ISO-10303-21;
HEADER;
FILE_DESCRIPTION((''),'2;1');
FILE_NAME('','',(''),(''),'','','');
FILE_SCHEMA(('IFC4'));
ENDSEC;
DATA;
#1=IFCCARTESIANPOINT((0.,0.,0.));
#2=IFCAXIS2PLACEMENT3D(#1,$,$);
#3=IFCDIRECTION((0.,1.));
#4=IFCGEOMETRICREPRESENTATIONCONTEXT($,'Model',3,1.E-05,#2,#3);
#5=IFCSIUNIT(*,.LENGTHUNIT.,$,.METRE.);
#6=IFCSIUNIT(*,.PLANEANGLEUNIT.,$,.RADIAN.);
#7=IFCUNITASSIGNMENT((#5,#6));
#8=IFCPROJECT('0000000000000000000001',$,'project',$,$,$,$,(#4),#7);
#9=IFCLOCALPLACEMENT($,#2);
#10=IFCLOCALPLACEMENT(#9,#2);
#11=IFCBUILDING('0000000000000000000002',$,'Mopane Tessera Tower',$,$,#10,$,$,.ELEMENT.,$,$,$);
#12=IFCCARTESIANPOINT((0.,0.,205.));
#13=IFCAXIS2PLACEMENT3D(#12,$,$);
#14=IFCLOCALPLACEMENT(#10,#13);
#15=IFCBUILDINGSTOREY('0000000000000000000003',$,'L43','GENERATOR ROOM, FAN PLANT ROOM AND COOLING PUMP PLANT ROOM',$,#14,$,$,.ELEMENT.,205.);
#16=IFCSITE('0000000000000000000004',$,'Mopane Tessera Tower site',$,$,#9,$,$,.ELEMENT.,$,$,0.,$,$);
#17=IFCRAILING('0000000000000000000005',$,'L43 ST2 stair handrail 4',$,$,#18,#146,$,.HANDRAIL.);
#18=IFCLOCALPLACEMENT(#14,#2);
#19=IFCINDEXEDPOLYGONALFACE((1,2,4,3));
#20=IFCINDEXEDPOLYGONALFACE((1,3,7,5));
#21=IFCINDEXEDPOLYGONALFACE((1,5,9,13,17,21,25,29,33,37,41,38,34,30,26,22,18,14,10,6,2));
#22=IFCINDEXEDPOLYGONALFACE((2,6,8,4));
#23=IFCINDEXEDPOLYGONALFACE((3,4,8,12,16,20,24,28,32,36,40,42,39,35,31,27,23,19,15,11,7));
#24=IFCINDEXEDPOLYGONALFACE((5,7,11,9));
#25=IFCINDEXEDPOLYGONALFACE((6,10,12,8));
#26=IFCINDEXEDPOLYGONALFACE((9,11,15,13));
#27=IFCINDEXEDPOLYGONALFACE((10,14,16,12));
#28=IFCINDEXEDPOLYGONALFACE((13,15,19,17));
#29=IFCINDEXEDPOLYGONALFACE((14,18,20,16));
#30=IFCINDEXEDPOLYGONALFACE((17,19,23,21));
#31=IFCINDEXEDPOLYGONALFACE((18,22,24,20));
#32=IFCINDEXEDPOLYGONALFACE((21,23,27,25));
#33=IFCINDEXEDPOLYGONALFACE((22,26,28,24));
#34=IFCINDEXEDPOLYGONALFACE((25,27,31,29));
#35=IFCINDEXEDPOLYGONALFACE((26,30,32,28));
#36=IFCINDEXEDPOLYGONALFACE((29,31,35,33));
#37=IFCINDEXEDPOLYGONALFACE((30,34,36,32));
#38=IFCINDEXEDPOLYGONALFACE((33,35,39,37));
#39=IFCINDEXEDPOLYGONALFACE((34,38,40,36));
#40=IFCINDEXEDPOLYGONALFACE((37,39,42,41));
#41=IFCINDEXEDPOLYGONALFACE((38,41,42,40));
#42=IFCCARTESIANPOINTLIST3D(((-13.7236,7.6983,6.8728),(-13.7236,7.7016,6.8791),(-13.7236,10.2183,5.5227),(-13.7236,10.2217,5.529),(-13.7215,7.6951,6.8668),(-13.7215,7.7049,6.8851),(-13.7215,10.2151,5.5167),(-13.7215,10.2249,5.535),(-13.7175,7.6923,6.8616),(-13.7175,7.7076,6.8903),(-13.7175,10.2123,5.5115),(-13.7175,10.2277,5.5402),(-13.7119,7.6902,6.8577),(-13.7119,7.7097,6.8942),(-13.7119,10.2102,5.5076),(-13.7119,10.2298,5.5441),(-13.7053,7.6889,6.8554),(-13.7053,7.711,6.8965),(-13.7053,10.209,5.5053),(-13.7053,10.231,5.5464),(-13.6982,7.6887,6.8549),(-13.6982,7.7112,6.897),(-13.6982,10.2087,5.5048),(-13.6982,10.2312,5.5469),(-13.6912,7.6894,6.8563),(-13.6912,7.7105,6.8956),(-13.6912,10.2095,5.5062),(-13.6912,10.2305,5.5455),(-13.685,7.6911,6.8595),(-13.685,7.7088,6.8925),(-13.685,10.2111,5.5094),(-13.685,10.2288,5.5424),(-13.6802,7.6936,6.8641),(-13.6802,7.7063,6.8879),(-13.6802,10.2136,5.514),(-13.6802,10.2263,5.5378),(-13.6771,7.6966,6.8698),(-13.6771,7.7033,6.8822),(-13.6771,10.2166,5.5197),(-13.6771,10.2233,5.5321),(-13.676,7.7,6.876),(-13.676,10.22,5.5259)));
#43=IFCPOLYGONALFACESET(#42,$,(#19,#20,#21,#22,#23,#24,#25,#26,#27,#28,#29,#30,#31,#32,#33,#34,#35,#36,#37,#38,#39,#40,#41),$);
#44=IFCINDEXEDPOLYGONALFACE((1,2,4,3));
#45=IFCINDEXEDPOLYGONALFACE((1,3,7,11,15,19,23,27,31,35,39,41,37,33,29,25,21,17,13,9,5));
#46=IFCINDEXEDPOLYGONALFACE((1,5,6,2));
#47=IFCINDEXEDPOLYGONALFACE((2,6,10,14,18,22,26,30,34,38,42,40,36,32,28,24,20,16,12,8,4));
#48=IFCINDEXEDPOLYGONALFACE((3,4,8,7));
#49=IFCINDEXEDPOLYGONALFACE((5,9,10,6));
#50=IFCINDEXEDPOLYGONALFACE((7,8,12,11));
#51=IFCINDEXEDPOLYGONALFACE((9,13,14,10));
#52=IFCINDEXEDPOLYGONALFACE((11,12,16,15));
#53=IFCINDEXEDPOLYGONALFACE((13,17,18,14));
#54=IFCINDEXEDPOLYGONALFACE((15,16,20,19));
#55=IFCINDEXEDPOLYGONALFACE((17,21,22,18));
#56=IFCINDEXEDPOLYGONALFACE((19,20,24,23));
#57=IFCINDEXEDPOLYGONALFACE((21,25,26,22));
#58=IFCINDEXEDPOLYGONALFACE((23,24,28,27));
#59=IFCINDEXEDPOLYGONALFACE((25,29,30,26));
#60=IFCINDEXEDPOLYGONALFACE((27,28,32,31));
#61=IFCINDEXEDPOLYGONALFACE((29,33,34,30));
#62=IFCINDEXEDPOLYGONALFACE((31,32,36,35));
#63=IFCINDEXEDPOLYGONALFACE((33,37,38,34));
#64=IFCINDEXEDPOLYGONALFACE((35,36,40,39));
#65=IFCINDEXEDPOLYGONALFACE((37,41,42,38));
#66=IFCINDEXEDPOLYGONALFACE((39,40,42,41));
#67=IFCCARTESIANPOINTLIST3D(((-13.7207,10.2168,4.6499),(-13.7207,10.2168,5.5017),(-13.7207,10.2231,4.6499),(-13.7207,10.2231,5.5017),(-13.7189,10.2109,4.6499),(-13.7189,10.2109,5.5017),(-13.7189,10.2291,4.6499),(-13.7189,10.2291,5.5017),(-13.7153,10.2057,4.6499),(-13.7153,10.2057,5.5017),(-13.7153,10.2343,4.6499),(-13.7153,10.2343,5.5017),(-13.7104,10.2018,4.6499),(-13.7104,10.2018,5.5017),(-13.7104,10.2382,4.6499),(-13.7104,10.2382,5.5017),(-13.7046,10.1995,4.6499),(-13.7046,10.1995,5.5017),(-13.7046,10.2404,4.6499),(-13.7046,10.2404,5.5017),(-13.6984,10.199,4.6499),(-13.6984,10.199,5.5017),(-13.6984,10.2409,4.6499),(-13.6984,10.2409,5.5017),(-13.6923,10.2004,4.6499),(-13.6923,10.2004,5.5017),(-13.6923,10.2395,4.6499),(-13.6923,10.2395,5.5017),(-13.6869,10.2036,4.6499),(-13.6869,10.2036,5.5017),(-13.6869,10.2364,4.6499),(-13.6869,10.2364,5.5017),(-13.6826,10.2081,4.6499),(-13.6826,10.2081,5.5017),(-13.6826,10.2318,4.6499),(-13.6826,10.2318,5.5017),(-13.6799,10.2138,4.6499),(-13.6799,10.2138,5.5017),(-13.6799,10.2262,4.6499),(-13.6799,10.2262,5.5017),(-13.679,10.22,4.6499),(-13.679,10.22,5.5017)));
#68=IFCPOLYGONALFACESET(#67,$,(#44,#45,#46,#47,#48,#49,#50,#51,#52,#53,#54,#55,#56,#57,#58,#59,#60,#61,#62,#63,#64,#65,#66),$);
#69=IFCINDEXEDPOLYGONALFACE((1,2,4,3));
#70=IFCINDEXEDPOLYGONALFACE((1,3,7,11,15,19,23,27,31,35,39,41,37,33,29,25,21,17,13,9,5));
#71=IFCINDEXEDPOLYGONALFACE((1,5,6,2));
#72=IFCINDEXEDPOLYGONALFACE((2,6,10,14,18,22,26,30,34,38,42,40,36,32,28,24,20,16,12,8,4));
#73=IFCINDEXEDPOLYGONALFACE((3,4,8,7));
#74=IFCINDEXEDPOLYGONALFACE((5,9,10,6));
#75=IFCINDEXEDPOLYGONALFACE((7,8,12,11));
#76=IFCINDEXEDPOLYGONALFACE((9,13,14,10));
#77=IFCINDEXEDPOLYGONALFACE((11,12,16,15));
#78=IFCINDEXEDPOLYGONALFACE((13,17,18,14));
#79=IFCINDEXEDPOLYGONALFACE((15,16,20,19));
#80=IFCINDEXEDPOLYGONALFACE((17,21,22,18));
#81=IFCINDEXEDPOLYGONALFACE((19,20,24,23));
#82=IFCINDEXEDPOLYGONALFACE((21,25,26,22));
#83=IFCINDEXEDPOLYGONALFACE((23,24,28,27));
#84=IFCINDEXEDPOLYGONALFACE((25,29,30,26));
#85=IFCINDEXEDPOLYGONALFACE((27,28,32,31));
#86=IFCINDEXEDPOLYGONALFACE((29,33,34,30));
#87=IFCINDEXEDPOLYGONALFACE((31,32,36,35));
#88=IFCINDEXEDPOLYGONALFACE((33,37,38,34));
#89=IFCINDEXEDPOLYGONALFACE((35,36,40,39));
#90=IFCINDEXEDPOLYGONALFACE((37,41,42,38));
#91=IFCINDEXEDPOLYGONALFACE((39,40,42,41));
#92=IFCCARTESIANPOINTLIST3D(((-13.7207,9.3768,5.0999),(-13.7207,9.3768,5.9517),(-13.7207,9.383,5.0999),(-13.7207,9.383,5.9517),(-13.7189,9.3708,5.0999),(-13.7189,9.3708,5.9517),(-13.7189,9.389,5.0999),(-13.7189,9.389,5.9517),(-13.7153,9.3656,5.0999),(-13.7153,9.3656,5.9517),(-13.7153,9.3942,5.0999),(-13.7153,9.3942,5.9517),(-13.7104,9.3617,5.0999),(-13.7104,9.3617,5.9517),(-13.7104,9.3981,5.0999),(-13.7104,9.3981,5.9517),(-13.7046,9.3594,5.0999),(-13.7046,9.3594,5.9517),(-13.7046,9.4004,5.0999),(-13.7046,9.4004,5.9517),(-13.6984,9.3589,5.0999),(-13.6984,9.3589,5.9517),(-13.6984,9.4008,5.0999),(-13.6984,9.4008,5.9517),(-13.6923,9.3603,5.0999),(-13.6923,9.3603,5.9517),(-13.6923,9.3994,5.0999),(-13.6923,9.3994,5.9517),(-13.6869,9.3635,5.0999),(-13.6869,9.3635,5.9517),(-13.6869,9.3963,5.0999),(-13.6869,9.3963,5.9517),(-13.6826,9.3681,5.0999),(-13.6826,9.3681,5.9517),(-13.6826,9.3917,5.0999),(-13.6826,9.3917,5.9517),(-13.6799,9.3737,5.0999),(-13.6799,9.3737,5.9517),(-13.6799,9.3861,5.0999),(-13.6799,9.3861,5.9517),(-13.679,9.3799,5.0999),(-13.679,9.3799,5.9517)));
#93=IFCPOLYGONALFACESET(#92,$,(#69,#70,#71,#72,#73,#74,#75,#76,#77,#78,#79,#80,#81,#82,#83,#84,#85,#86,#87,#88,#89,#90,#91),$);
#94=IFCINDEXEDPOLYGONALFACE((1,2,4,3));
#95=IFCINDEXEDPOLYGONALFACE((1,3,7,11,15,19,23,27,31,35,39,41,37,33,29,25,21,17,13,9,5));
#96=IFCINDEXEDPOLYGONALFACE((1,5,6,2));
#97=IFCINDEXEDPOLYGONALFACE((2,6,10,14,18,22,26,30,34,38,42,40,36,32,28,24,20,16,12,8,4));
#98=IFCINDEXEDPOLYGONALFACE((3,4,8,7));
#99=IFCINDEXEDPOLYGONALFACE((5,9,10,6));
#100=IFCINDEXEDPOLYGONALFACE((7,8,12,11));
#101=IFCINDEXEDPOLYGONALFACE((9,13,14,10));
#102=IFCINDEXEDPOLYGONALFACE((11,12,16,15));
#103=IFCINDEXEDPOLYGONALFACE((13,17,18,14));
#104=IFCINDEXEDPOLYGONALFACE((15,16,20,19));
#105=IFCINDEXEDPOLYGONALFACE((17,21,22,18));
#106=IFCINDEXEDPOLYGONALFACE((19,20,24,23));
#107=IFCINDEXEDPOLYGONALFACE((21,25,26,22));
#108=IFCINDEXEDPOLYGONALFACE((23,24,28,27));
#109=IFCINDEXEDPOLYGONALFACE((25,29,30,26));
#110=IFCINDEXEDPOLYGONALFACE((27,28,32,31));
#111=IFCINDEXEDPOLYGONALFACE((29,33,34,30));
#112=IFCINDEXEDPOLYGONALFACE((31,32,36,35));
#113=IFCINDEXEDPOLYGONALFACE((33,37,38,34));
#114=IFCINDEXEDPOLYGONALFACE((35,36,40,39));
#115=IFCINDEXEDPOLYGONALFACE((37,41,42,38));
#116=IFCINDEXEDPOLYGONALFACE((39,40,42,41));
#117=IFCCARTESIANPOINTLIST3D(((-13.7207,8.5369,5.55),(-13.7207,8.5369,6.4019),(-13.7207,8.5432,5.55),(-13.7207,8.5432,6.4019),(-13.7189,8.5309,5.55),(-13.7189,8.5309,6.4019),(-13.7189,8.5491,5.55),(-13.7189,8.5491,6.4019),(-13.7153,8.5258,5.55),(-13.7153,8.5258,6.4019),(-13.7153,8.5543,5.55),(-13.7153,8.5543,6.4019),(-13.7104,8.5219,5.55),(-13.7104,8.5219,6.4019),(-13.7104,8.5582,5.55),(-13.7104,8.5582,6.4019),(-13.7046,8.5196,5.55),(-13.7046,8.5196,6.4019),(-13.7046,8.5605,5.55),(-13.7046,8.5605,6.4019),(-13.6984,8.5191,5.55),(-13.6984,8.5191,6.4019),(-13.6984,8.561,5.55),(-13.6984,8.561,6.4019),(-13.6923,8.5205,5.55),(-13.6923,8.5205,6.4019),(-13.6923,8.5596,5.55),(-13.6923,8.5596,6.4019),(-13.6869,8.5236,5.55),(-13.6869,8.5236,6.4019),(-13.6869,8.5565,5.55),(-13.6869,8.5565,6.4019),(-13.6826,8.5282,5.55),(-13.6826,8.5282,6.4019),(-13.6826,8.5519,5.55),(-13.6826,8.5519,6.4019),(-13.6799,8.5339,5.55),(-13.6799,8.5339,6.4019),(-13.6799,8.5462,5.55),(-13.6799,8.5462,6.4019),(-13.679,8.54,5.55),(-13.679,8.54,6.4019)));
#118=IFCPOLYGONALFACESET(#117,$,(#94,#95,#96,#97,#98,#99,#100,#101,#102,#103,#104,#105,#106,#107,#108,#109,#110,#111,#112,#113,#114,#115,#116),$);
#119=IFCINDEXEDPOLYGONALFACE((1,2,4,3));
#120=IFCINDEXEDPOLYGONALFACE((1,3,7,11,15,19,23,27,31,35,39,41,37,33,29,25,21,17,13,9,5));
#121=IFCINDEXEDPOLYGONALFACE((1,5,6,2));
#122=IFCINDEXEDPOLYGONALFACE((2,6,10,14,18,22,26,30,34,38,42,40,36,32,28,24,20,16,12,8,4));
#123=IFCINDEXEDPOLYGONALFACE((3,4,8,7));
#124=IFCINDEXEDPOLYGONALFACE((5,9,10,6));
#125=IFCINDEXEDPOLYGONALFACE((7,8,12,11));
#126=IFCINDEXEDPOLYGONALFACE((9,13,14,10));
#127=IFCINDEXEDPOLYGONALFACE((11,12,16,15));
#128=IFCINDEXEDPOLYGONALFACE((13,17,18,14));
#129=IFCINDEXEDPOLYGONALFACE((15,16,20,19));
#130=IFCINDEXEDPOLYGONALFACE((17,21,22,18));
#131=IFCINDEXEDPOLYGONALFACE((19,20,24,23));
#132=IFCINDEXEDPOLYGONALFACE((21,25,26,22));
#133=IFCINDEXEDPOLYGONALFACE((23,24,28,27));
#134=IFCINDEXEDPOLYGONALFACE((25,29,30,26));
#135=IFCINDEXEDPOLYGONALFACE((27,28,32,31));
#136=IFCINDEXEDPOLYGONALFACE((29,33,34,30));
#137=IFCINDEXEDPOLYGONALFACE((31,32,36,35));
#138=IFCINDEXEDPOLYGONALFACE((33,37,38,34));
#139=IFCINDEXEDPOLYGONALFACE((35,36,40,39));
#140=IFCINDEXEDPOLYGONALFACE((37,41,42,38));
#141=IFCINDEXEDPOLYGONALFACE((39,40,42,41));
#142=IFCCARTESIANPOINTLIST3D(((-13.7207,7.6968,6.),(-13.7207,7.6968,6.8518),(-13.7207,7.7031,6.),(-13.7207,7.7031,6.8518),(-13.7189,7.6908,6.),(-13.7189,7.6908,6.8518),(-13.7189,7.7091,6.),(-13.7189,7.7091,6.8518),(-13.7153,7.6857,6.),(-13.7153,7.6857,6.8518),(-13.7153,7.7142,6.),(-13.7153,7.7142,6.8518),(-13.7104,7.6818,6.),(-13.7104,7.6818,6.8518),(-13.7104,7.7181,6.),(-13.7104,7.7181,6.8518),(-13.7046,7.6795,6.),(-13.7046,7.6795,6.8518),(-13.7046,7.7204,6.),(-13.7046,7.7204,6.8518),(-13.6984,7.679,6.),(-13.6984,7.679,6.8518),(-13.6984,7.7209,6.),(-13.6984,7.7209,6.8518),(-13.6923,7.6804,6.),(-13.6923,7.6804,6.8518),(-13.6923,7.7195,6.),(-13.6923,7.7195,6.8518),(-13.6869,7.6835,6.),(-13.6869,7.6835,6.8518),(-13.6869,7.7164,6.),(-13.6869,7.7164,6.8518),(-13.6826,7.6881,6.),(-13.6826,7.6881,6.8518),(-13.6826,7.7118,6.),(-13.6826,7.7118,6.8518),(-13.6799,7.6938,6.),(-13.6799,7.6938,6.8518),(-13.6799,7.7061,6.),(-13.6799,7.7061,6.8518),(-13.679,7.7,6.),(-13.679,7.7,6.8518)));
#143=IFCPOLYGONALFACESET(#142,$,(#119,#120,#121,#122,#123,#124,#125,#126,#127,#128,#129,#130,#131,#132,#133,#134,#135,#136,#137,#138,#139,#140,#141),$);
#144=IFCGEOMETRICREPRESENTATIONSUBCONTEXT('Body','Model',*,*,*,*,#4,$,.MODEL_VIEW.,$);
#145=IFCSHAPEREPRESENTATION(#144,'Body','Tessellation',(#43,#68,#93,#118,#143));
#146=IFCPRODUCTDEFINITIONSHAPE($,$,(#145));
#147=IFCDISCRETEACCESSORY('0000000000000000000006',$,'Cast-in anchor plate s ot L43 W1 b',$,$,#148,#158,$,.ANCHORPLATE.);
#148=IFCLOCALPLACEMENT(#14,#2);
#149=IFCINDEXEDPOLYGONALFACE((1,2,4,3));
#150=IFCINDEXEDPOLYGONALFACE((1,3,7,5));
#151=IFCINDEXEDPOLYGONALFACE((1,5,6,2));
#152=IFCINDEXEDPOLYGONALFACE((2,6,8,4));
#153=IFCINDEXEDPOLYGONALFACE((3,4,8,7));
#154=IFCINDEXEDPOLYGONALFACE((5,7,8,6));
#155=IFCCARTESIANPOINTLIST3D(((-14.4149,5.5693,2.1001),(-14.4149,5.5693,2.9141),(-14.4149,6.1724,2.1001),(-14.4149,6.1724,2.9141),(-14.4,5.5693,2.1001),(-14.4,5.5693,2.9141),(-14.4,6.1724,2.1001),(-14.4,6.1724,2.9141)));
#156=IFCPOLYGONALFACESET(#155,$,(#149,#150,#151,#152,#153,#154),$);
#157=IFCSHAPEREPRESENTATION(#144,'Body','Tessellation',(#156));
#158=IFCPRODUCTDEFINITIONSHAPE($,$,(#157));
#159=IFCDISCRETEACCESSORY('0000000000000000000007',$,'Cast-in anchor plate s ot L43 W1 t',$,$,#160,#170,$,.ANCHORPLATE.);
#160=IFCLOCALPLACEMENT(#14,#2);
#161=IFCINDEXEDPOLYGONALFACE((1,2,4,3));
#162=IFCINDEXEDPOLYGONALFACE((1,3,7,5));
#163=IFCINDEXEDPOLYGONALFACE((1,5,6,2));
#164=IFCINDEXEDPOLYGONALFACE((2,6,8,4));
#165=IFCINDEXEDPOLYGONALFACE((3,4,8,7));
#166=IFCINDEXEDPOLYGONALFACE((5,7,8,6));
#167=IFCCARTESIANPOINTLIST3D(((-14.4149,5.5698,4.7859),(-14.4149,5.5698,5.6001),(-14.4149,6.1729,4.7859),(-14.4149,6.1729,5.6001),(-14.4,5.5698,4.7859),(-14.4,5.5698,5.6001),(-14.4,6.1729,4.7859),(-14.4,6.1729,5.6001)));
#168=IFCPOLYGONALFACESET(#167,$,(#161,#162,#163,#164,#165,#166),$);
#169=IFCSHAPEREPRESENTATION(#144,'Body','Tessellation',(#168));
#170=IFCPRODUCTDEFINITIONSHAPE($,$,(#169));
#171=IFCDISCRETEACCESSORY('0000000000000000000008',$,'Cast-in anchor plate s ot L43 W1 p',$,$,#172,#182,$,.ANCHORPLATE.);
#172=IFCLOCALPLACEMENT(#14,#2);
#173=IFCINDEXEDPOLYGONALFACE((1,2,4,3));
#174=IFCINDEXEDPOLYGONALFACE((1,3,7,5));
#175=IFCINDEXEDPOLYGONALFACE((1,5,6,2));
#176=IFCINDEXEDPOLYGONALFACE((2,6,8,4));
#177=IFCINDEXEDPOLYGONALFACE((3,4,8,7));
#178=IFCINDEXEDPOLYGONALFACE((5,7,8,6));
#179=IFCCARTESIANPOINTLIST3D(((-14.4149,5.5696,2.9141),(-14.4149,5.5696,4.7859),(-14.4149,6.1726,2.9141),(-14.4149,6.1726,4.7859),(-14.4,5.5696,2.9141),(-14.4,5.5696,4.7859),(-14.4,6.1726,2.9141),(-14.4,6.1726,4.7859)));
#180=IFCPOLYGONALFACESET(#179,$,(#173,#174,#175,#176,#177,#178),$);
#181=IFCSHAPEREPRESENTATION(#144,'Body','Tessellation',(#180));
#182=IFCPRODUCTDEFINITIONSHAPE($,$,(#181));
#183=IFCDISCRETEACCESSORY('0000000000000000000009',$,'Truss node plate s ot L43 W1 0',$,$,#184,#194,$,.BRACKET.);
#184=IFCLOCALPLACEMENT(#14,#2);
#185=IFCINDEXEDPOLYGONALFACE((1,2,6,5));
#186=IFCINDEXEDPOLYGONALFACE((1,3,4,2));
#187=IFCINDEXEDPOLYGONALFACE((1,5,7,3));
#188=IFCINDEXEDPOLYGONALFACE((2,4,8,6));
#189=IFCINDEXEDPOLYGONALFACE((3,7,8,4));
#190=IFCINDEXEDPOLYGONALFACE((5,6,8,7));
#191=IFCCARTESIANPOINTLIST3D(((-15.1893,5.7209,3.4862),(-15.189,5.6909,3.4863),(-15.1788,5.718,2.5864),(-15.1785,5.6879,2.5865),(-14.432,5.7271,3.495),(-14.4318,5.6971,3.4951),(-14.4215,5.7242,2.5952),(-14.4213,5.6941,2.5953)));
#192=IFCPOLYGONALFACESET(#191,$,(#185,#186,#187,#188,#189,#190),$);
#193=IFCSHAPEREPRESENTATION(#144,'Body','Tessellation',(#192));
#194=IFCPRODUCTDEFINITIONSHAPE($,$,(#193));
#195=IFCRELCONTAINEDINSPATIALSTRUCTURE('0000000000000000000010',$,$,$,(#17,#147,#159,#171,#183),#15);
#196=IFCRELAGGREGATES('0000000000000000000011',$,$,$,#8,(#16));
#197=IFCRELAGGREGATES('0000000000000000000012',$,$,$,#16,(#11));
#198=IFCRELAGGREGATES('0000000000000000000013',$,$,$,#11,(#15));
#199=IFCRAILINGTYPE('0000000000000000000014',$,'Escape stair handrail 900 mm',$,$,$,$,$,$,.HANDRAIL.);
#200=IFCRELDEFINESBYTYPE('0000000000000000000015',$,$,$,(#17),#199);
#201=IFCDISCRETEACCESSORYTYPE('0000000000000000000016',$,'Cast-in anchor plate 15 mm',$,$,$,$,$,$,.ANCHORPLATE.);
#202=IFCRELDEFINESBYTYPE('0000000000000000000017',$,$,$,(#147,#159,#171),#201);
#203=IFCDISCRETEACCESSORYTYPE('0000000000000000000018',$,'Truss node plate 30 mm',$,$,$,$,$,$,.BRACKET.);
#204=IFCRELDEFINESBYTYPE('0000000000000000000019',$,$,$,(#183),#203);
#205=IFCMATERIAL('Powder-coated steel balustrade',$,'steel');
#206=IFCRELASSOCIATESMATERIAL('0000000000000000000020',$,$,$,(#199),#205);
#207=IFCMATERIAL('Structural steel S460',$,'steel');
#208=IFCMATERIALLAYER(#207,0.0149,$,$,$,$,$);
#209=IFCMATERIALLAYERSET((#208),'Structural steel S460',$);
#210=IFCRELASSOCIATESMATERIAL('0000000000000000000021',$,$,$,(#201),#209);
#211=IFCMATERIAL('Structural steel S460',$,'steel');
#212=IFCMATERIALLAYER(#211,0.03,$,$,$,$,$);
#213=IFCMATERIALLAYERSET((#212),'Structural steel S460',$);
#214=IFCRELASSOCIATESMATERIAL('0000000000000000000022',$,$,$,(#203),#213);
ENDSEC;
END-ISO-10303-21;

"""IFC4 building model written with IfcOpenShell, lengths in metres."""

from ifc_helpers import new_model, si_unit, direction, frame, origin, origin_2d, place, context, subcontext, project, spatial, rectangle, circle, extrude, material, layer, layer_set, type_object, element, save


model = new_model("IFC4")

# Units and contexts
model_context = context("Model", 3, precision=1e-05, world=origin(), true_north=direction((0.0, 1.0)))
body_context = subcontext(model_context, "Body", "Model", "MODEL_VIEW")
ifc_project = project(units=[si_unit("LENGTHUNIT", "METRE"), si_unit("PLANEANGLEUNIT", "RADIAN")], contexts=[model_context])

# Site, building, storey
site_placement = place(None, origin())
site = spatial("IfcSite", under=ifc_project, at=site_placement, Name="Mopane Tessera Tower site", CompositionType="ELEMENT", RefElevation=0.0)
building_placement = place(site_placement, origin())
building = spatial("IfcBuilding", under=site, at=building_placement, Name="Mopane Tessera Tower", CompositionType="ELEMENT")
storey_placement = place(building_placement, frame((0.0, 0.0, 205.0)))
storey = spatial("IfcBuildingStorey", under=building, at=storey_placement, Name="L43", Description="GENERATOR ROOM, FAN PLANT ROOM AND COOLING PUMP PLANT ROOM", CompositionType="ELEMENT", Elevation=205.0)

# Railing
ifc_material_1 = material(Name="Powder-coated steel balustrade", Category="steel")
railing_type_1 = type_object("IfcRailingType", Name="Escape stair handrail 900 mm", PredefinedType="HANDRAIL", material=ifc_material_1)
railing_1_placement = place(storey_placement, frame((-13.7, 10.22, 4.6499)))
element("IfcRailing", 1, at=railing_1_placement, inside=storey, type_object=railing_type_1, Name="L43 ST2 stair handrail 4", PredefinedType="HANDRAIL", context=body_context, shape_type="SweptSolid", body=[
    extrude(circle(Radius=0.0239, at=origin_2d()), frame((0.0, 0.0, 0.876), z_axis=(0.0, -0.881467, 0.472245), x_axis=(1.0, 0.0, 0.0)), (0.0, 0.0, 1.0), 2.8589),
    extrude(circle(Radius=0.021, at=origin_2d()), origin(), (0.0, 0.0, 1.0), 0.8518),
    extrude(circle(Radius=0.021, at=origin_2d()), frame((0.0, -0.8401, 0.45)), (0.0, 0.0, 1.0), 0.8518),
    extrude(circle(Radius=0.021, at=origin_2d()), frame((0.0, -1.6799, 0.9001)), (0.0, 0.0, 1.0), 0.8518),
    extrude(circle(Radius=0.021, at=origin_2d()), frame((0.0, -2.52, 1.3501)), (0.0, 0.0, 1.0), 0.8518),
])

# Discrete accessories
ifc_material_2 = material(Name="Structural steel S460", Category="steel")
ifc_layer_1 = layer(ifc_material_2, 0.0149)
ifc_layer_set_1 = layer_set([ifc_layer_1], Name="Structural steel S460")
discrete_accessory_type_1 = type_object("IfcDiscreteAccessoryType", Name="Cast-in anchor plate 15 mm", PredefinedType="ANCHORPLATE", material=ifc_layer_set_1)
discrete_accessory_1_placement = place(storey_placement, frame((-14.4075, 5.8708, 2.1001), z_axis=(0.0, 0.0, 1.0), x_axis=(-1.0, 0.0, 0.0)))
element("IfcDiscreteAccessory", 2, at=discrete_accessory_1_placement, inside=storey, type_object=discrete_accessory_type_1, Name="Cast-in anchor plate s ot L43 W1 b", PredefinedType="ANCHORPLATE", context=body_context, shape_type="SweptSolid", body=[
    extrude(rectangle(XDim=0.0149, YDim=0.603, at=origin_2d()), origin(), (0.0, 0.0, 1.0), 0.814),
])
discrete_accessory_2_placement = place(storey_placement, frame((-14.4075, 5.8713, 4.7859), z_axis=(0.0, 0.0, 1.0), x_axis=(-1.0, 0.0, 0.0)))
element("IfcDiscreteAccessory", 3, at=discrete_accessory_2_placement, inside=storey, type_object=discrete_accessory_type_1, Name="Cast-in anchor plate s ot L43 W1 t", PredefinedType="ANCHORPLATE", context=body_context, shape_type="SweptSolid", body=[
    extrude(rectangle(XDim=0.0149, YDim=0.603, at=origin_2d()), origin(), (0.0, 0.0, 1.0), 0.8142),
])
discrete_accessory_3_placement = place(storey_placement, frame((-14.4075, 5.8711, 2.9141), z_axis=(0.0, 0.0, 1.0), x_axis=(-1.0, 0.0, 0.0)))
element("IfcDiscreteAccessory", 4, at=discrete_accessory_3_placement, inside=storey, type_object=discrete_accessory_type_1, Name="Cast-in anchor plate s ot L43 W1 p", PredefinedType="ANCHORPLATE", context=body_context, shape_type="SweptSolid", body=[
    extrude(rectangle(XDim=0.0149, YDim=0.603, at=origin_2d()), origin(), (0.0, 0.0, 1.0), 1.8718),
])
ifc_material_3 = material(Name="Structural steel S460", Category="steel")
ifc_layer_2 = layer(ifc_material_3, 0.03)
ifc_layer_set_2 = layer_set([ifc_layer_2], Name="Structural steel S460")
discrete_accessory_type_2 = type_object("IfcDiscreteAccessoryType", Name="Truss node plate 30 mm", PredefinedType="BRACKET", material=ifc_layer_set_2)
discrete_accessory_4_placement = place(storey_placement, frame((-14.8, 5.7061, 2.5908), z_axis=(-0.011665, 0.003255, 0.999927), x_axis=(0.008172, -0.999961, 0.003351)))
element("IfcDiscreteAccessory", 5, at=discrete_accessory_4_placement, inside=storey, type_object=discrete_accessory_type_2, Name="Truss node plate s ot L43 W1 0", PredefinedType="BRACKET", context=body_context, shape_type="SweptSolid", body=[
    extrude(rectangle(XDim=0.03, YDim=0.7573, at=origin_2d()), origin(), (0.0, 0.0, 1.0), 0.8999),
])

save(model, "model.ifc")
